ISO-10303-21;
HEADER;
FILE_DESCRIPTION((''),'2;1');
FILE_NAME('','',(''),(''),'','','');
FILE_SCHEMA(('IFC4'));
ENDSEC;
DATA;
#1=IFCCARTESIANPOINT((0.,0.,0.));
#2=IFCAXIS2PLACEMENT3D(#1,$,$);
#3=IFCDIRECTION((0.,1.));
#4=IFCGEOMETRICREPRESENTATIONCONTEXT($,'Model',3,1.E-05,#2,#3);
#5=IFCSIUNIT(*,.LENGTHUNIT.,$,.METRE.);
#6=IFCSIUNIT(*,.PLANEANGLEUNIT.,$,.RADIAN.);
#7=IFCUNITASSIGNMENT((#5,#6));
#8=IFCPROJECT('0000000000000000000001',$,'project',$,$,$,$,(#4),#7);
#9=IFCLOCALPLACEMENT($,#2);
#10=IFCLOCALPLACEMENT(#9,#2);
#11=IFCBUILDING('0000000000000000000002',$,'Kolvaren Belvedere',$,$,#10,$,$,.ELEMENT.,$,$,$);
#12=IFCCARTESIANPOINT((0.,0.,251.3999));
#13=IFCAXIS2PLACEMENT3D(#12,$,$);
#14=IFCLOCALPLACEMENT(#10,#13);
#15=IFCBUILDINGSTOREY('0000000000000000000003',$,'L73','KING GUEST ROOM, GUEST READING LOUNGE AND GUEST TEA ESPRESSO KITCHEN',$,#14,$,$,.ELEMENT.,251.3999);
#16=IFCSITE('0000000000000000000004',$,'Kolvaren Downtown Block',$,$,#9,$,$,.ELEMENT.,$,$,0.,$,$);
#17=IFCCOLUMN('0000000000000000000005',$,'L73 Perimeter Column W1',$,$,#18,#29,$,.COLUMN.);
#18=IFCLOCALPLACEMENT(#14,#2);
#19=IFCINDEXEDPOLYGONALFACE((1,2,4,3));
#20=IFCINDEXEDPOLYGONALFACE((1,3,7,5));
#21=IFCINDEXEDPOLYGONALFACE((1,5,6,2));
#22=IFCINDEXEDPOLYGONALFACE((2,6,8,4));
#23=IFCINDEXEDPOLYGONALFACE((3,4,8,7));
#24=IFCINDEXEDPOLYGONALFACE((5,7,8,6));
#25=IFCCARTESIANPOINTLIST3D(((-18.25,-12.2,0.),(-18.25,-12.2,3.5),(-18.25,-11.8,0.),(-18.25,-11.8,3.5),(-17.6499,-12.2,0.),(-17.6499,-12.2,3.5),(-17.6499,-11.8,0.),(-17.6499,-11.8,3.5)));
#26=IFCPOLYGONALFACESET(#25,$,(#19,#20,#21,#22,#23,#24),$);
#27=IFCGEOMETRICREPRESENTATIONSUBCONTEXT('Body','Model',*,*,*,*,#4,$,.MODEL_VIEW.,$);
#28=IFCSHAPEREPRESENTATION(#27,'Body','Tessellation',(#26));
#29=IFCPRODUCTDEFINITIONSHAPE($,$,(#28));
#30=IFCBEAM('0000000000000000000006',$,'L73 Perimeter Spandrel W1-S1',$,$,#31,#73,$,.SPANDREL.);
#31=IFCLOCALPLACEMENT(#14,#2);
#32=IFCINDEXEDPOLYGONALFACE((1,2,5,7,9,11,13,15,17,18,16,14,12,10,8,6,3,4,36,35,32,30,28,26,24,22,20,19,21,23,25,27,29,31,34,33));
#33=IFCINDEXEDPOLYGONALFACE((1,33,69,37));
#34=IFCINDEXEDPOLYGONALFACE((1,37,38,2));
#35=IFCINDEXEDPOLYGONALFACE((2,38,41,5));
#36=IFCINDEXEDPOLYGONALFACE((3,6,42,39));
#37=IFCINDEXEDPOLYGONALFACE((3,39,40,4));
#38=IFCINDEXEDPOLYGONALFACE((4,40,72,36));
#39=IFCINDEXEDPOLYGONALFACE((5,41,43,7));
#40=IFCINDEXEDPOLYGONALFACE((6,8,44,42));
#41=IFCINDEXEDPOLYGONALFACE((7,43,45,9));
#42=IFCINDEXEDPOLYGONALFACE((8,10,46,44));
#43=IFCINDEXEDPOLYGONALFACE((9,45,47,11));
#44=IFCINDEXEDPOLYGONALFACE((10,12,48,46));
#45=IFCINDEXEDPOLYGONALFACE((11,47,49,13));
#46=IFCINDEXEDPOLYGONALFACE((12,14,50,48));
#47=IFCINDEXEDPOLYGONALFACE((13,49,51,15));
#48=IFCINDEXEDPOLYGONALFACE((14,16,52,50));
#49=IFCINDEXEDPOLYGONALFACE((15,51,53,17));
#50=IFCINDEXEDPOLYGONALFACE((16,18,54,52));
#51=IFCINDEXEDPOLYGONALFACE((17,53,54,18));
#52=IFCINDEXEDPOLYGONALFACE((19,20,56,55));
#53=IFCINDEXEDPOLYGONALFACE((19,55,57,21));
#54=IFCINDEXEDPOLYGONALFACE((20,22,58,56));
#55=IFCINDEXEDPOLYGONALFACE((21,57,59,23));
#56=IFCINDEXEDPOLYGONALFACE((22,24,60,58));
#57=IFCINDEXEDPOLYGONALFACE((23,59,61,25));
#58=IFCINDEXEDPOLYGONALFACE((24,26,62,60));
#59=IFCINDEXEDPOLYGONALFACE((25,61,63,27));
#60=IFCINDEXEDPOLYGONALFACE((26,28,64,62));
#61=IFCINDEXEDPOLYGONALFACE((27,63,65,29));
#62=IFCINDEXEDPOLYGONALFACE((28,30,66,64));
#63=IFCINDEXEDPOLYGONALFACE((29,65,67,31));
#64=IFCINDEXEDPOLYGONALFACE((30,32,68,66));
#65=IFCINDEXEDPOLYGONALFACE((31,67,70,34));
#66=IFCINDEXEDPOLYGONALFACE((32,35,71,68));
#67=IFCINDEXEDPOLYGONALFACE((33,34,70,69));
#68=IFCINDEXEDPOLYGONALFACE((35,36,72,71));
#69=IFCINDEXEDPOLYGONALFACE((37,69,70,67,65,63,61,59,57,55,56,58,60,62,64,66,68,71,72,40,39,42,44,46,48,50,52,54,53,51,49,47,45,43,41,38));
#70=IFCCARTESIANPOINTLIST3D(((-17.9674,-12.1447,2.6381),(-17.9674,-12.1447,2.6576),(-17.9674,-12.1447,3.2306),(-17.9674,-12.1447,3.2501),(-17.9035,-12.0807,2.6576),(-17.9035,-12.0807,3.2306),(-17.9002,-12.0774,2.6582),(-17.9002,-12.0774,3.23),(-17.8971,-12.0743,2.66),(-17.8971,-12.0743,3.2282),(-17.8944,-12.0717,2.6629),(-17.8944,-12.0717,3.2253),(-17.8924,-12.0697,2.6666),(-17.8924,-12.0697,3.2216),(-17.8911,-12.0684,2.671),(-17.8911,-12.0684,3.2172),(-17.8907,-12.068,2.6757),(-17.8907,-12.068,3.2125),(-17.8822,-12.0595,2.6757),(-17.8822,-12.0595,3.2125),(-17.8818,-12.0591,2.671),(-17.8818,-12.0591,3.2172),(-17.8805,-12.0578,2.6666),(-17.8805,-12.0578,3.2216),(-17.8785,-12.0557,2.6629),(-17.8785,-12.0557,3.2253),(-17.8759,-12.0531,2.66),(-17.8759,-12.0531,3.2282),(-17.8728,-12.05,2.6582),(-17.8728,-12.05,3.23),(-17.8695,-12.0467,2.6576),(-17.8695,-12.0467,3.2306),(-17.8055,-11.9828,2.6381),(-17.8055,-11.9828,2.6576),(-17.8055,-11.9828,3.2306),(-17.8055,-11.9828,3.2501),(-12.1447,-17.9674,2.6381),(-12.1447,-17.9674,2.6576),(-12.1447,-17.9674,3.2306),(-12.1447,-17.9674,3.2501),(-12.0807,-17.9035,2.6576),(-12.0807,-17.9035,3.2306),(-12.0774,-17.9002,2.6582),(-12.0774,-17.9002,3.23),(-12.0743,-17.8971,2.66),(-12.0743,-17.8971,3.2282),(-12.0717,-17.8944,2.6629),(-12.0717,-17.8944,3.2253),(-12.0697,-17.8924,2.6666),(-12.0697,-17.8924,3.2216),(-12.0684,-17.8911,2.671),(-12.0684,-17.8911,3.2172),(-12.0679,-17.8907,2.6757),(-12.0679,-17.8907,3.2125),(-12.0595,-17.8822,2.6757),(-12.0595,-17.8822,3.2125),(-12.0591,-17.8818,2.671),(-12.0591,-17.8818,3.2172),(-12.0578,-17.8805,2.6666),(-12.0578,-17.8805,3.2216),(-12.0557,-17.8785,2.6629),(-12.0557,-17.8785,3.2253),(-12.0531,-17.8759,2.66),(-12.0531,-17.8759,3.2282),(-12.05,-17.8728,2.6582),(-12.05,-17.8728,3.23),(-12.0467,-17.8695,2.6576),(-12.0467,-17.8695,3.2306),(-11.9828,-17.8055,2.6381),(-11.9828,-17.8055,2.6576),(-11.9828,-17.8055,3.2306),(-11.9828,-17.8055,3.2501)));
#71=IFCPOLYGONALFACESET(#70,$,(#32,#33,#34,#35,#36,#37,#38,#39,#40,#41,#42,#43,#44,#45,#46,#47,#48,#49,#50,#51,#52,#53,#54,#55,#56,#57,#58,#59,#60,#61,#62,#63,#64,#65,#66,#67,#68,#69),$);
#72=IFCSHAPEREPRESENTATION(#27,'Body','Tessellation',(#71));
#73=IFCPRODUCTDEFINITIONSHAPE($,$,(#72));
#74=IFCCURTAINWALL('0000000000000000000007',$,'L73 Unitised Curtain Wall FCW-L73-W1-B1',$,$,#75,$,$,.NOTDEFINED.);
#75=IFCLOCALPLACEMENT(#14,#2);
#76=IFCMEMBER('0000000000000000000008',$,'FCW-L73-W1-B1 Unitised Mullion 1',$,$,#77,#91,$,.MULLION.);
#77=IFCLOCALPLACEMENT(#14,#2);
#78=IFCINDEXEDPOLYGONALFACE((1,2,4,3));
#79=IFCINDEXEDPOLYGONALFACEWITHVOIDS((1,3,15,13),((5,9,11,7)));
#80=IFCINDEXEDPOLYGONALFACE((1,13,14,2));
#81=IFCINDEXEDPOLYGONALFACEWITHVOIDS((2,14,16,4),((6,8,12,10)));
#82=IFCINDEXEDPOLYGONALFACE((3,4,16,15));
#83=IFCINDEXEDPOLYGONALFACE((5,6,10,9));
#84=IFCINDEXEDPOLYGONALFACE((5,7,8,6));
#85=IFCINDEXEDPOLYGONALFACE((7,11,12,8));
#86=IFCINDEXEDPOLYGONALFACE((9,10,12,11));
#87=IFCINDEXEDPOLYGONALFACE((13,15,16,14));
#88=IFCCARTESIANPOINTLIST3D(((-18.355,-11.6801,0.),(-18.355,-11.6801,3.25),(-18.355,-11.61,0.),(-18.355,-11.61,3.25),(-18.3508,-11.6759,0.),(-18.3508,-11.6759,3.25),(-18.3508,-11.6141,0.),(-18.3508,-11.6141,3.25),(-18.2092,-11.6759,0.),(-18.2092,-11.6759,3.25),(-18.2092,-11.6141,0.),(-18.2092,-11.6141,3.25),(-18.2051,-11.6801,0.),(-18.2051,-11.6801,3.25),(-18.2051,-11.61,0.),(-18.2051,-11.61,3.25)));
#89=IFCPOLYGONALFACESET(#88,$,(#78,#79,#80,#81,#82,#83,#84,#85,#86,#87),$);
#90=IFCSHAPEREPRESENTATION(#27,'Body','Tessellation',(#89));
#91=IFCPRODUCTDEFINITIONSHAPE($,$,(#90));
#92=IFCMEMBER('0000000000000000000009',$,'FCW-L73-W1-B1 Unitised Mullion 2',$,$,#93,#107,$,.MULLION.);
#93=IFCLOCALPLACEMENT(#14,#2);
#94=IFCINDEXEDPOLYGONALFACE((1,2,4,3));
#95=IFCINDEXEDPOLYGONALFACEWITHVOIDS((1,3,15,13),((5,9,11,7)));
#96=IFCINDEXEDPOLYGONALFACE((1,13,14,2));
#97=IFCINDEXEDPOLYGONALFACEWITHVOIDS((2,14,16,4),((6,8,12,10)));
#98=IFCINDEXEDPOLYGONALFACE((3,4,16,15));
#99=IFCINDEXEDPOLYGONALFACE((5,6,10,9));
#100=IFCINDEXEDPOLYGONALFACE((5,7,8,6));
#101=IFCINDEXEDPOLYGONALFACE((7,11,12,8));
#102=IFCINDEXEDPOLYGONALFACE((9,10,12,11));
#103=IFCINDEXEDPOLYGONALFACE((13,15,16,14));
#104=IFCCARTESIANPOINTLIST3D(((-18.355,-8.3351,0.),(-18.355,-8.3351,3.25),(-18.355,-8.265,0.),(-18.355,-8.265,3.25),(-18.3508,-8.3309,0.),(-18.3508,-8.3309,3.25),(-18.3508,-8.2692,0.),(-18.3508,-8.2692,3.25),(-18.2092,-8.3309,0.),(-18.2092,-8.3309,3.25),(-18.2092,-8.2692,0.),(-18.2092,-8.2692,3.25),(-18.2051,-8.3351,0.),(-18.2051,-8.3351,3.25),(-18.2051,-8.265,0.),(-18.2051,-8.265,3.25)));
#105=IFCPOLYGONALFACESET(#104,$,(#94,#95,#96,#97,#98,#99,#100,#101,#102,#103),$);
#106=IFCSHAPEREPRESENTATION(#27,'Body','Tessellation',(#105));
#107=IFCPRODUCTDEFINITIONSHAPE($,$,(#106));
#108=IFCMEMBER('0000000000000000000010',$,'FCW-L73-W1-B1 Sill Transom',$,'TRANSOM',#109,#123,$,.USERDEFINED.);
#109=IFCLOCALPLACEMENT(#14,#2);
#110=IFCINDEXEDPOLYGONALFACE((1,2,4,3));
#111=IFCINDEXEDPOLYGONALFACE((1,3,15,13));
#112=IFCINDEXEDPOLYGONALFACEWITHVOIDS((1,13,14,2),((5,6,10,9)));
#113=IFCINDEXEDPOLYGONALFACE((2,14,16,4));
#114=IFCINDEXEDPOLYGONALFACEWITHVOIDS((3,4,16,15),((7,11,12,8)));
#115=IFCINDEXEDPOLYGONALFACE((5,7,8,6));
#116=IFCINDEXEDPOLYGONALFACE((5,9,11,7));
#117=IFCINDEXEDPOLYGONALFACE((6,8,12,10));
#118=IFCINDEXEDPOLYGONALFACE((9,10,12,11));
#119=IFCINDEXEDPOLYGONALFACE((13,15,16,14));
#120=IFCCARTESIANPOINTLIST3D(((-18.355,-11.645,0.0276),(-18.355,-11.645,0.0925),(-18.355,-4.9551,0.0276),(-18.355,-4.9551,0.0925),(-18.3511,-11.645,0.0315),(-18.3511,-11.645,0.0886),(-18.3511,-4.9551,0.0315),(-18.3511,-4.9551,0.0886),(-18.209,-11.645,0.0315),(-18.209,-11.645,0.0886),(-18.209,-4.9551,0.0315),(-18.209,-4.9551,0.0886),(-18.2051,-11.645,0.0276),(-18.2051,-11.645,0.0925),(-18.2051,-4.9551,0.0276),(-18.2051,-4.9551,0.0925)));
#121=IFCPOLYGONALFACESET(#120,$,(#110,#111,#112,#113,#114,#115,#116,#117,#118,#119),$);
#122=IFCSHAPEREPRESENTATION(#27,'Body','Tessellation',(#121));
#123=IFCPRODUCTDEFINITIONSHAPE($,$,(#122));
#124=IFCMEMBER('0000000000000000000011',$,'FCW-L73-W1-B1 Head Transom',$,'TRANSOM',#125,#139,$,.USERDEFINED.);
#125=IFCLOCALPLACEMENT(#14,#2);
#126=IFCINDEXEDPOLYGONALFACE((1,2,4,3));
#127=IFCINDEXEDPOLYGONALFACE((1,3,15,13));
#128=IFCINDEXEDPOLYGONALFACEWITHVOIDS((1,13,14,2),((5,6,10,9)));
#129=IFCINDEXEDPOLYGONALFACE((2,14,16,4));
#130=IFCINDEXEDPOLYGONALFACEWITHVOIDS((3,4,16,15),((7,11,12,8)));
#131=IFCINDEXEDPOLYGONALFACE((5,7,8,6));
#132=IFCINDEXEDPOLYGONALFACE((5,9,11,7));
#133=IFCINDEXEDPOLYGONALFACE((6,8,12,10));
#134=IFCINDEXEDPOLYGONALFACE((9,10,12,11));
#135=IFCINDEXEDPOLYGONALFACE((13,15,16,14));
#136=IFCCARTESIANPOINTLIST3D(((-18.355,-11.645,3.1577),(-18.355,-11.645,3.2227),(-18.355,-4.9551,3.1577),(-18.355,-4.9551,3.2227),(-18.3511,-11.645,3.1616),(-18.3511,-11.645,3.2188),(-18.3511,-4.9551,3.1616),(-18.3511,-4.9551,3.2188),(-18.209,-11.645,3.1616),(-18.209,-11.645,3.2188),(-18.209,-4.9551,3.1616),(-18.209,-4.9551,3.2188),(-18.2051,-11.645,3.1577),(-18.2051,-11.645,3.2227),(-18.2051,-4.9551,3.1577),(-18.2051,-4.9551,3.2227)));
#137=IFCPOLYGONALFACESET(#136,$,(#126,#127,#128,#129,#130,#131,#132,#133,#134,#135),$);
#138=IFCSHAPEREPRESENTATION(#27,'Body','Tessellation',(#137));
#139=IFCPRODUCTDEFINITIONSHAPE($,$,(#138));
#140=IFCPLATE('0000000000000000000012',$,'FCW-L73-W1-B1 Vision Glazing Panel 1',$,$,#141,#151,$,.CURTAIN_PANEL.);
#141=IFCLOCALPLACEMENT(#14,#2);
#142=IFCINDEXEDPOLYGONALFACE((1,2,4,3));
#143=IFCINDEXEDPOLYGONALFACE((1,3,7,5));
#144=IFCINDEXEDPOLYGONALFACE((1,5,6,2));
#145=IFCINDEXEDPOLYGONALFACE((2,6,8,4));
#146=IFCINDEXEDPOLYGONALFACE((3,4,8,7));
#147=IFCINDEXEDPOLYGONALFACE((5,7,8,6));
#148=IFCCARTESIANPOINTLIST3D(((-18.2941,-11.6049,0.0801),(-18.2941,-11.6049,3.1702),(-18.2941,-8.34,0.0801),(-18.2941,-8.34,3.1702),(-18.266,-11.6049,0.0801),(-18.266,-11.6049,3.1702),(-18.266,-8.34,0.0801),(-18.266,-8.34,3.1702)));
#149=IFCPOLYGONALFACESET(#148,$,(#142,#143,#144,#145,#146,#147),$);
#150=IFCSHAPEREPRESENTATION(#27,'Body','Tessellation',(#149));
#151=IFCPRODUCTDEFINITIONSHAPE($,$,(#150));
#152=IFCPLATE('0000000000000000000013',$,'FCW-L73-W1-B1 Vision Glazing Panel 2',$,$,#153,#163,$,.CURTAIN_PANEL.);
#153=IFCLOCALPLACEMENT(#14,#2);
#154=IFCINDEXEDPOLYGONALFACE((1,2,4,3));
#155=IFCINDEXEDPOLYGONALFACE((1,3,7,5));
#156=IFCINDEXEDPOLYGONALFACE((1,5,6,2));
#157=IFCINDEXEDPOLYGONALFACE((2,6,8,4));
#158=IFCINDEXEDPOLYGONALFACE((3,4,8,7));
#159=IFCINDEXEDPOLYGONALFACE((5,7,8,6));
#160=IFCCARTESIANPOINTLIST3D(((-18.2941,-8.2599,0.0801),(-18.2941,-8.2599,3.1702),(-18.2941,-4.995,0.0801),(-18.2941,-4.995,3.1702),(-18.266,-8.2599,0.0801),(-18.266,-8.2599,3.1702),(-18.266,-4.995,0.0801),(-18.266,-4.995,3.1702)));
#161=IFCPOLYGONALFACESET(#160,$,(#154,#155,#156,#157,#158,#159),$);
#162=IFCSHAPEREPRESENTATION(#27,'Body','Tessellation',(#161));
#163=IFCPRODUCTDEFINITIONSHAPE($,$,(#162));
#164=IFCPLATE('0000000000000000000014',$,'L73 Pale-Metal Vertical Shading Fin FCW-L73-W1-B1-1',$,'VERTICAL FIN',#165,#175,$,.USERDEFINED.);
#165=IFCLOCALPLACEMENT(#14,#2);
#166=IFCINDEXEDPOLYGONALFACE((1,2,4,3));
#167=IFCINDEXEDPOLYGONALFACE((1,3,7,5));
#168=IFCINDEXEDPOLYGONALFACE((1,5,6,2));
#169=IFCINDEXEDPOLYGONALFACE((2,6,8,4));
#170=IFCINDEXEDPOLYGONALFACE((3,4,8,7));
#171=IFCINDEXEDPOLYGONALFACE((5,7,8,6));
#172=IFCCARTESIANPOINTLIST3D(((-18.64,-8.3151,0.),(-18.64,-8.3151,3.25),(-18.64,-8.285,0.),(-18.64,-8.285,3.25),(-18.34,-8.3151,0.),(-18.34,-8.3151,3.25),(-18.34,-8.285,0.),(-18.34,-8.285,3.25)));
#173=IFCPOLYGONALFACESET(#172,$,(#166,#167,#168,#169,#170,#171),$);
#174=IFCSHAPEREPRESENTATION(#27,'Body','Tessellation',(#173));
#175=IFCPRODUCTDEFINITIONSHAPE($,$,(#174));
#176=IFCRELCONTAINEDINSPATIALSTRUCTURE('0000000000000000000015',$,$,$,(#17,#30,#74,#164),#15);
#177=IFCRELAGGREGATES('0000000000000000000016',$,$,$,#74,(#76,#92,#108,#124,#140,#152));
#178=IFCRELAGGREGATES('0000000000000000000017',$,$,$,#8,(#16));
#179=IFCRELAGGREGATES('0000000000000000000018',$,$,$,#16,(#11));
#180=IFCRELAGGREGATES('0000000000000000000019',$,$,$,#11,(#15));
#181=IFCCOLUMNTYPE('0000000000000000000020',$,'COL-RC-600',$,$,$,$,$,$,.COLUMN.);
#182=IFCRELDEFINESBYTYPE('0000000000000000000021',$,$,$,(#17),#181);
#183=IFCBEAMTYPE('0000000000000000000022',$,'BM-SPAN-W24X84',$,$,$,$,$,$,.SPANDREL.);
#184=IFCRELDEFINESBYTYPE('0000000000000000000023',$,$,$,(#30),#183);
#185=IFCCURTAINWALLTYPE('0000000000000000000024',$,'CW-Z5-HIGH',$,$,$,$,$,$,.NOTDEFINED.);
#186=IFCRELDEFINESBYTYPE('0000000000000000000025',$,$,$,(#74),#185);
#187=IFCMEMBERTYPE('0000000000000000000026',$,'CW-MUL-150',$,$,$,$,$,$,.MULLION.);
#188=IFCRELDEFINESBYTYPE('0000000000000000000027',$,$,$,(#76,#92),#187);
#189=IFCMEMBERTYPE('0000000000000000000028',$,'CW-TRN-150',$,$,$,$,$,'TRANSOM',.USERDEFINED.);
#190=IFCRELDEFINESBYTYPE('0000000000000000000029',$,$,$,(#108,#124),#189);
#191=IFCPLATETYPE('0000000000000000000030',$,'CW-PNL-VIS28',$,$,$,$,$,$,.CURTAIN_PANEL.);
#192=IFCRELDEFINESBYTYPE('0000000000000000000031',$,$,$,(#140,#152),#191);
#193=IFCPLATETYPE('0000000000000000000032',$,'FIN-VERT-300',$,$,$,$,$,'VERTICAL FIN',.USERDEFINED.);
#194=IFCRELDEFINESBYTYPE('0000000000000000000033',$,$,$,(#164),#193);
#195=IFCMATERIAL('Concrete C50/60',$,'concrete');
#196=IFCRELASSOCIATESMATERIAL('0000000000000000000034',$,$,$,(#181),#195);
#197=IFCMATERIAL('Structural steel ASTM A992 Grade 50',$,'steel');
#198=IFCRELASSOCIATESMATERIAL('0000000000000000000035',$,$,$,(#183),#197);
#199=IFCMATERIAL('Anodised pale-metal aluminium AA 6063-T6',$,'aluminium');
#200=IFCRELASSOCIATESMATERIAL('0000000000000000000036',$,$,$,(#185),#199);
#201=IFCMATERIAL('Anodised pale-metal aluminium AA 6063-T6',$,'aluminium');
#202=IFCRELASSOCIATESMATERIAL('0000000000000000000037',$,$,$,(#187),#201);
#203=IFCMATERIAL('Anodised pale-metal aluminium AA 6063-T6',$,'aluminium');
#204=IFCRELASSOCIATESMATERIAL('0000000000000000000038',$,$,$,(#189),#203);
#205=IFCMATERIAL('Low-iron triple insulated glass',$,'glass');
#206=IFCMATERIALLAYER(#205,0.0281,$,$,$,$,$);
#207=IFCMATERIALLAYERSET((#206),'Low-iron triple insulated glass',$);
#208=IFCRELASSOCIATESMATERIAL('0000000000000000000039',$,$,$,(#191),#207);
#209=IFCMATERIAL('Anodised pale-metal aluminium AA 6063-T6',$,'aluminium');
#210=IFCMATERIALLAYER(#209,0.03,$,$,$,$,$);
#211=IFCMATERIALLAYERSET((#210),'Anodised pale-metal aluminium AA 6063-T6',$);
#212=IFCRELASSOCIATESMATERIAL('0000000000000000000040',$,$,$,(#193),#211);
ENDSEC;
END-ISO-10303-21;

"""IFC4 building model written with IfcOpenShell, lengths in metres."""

from ifc_helpers import new_model, si_unit, direction, frame, origin, origin_2d, place, context, subcontext, project, spatial, rectangle, hollow_rectangle, i_section, extrude, material, layer, layer_set, material_profile, profile_set, type_object, element, aggregate, save


model = new_model("IFC4")

# Units and contexts
model_context = context("Model", 3, precision=1e-05, world=origin(), true_north=direction((0.0, 1.0)))
body_context = subcontext(model_context, "Body", "Model", "MODEL_VIEW")
ifc_project = project(units=[si_unit("LENGTHUNIT", "METRE"), si_unit("PLANEANGLEUNIT", "RADIAN")], contexts=[model_context])

# Site, building, storey
site_placement = place(None, origin())
site = spatial("IfcSite", under=ifc_project, at=site_placement, Name="Kolvaren Downtown Block", CompositionType="ELEMENT", RefElevation=0.0)
building_placement = place(site_placement, origin())
building = spatial("IfcBuilding", under=site, at=building_placement, Name="Kolvaren Belvedere", CompositionType="ELEMENT")
storey_placement = place(building_placement, frame((0.0, 0.0, 251.3999)))
storey = spatial("IfcBuildingStorey", under=building, at=storey_placement, Name="L73", Description="KING GUEST ROOM, GUEST READING LOUNGE AND GUEST TEA ESPRESSO KITCHEN", CompositionType="ELEMENT", Elevation=251.3999)

# Column
ifc_material_1 = material(Name="Concrete C50/60", Category="concrete")
ifc_material_profile_1 = material_profile(ifc_material_1, rectangle(XDim=0.6001, YDim=0.3999, at=origin_2d()), Name="RC 600X400")
ifc_profile_set_1 = profile_set([ifc_material_profile_1], Name="Concrete C50/60")
column_type = type_object("IfcColumnType", Name="COL-RC-600", PredefinedType="COLUMN", material=ifc_profile_set_1)
column_placement = place(storey_placement, frame((-17.95, -12.0, 0.0), z_axis=(0.0, 0.0, 1.0), x_axis=(1.0, 0.0, 0.0)))
element("IfcColumn", 1, at=column_placement, inside=storey, type_object=column_type, Name="L73 Perimeter Column W1", PredefinedType="COLUMN", context=body_context, shape_type="SweptSolid", body=[
    extrude(rectangle(XDim=0.6001, YDim=0.3999, at=origin_2d()), origin(), (0.0, 0.0, 1.0), 3.5),
])

# Beam
ifc_material_2 = material(Name="Structural steel ASTM A992 Grade 50", Category="steel")
ifc_material_profile_2 = material_profile(ifc_material_2, i_section(OverallWidth=0.229, OverallDepth=0.6121, WebThickness=0.012, FlangeThickness=0.0195, FilletRadius=0.0181, at=origin_2d()), Name="W24X84")
ifc_profile_set_2 = profile_set([ifc_material_profile_2], Name="Structural steel ASTM A992 Grade 50")
beam_type = type_object("IfcBeamType", Name="BM-SPAN-W24X84", PredefinedType="SPANDREL", material=ifc_profile_set_2)
beam_placement = place(storey_placement, frame((-17.8865, -12.0637, 2.9441), z_axis=(0.707107, -0.707107, 0.0), x_axis=(0.707107, 0.707107, 0.0)))
element("IfcBeam", 2, at=beam_placement, inside=storey, type_object=beam_type, Name="L73 Perimeter Spandrel W1-S1", PredefinedType="SPANDREL", context=body_context, shape_type="SweptSolid", body=[
    extrude(i_section(OverallWidth=0.229, OverallDepth=0.6121, WebThickness=0.012, FlangeThickness=0.0195, FilletRadius=0.0181, at=origin_2d()), origin(), (0.0, 0.0, 1.0), 8.2346),
])

# Curtain wall, members, plates
ifc_material_3 = material(Name="Anodised pale-metal aluminium AA 6063-T6", Category="aluminium")
curtain_wall_type = type_object("IfcCurtainWallType", Name="CW-Z5-HIGH", PredefinedType="NOTDEFINED", material=ifc_material_3)
curtain_wall_placement = place(storey_placement, origin())
curtain_wall = element("IfcCurtainWall", 3, at=curtain_wall_placement, inside=storey, type_object=curtain_wall_type, Name="L73 Unitised Curtain Wall FCW-L73-W1-B1", PredefinedType="NOTDEFINED")
ifc_material_4 = material(Name="Anodised pale-metal aluminium AA 6063-T6", Category="aluminium")
ifc_material_profile_3 = material_profile(ifc_material_4, hollow_rectangle(XDim=0.0701, YDim=0.1499, WallThickness=0.0042, at=origin_2d()), Name="ALU-MUL-150X70")
ifc_profile_set_3 = profile_set([ifc_material_profile_3], Name="Anodised pale-metal aluminium AA 6063-T6")
member_type_1 = type_object("IfcMemberType", Name="CW-MUL-150", PredefinedType="MULLION", material=ifc_profile_set_3)
member_1_placement = place(storey_placement, frame((-18.28, -11.645, 0.0), z_axis=(0.0, 0.0, 1.0), x_axis=(0.0, 1.0, 0.0)))
member_1 = element("IfcMember", 4, at=member_1_placement, type_object=member_type_1, Name="FCW-L73-W1-B1 Unitised Mullion 1", PredefinedType="MULLION", context=body_context, shape_type="SweptSolid", body=[
    extrude(hollow_rectangle(XDim=0.0701, YDim=0.1499, WallThickness=0.0042, at=origin_2d()), origin(), (0.0, 0.0, 1.0), 3.25),
])
member_2_placement = place(storey_placement, frame((-18.28, -8.3, 0.0), z_axis=(0.0, 0.0, 1.0), x_axis=(0.0, 1.0, 0.0)))
member_2 = element("IfcMember", 5, at=member_2_placement, type_object=member_type_1, Name="FCW-L73-W1-B1 Unitised Mullion 2", PredefinedType="MULLION", context=body_context, shape_type="SweptSolid", body=[
    extrude(hollow_rectangle(XDim=0.0701, YDim=0.1499, WallThickness=0.0042, at=origin_2d()), origin(), (0.0, 0.0, 1.0), 3.25),
])
ifc_material_5 = material(Name="Anodised pale-metal aluminium AA 6063-T6", Category="aluminium")
ifc_material_profile_4 = material_profile(ifc_material_5, hollow_rectangle(XDim=0.0649, YDim=0.1499, WallThickness=0.0039, at=origin_2d()), Name="ALU-TRN-150X65")
ifc_profile_set_4 = profile_set([ifc_material_profile_4], Name="Anodised pale-metal aluminium AA 6063-T6")
member_type_2 = type_object("IfcMemberType", Name="CW-TRN-150", ElementType="TRANSOM", PredefinedType="USERDEFINED", material=ifc_profile_set_4)
member_3_placement = place(storey_placement, frame((-18.28, -11.645, 0.0601), z_axis=(0.0, 1.0, 0.0), x_axis=(0.0, 0.0, 1.0)))
member_3 = element("IfcMember", 6, at=member_3_placement, type_object=member_type_2, Name="FCW-L73-W1-B1 Sill Transom", ObjectType="TRANSOM", PredefinedType="USERDEFINED", context=body_context, shape_type="SweptSolid", body=[
    extrude(hollow_rectangle(XDim=0.0649, YDim=0.1499, WallThickness=0.0039, at=origin_2d()), origin(), (0.0, 0.0, 1.0), 6.6899),
])
member_4_placement = place(storey_placement, frame((-18.28, -11.645, 3.1902), z_axis=(0.0, 1.0, 0.0), x_axis=(0.0, 0.0, 1.0)))
member_4 = element("IfcMember", 7, at=member_4_placement, type_object=member_type_2, Name="FCW-L73-W1-B1 Head Transom", ObjectType="TRANSOM", PredefinedType="USERDEFINED", context=body_context, shape_type="SweptSolid", body=[
    extrude(hollow_rectangle(XDim=0.0649, YDim=0.1499, WallThickness=0.0039, at=origin_2d()), origin(), (0.0, 0.0, 1.0), 6.6899),
])
ifc_material_6 = material(Name="Low-iron triple insulated glass", Category="glass")
ifc_layer_1 = layer(ifc_material_6, 0.0281)
ifc_layer_set_1 = layer_set([ifc_layer_1], Name="Low-iron triple insulated glass")
plate_type_1 = type_object("IfcPlateType", Name="CW-PNL-VIS28", PredefinedType="CURTAIN_PANEL", material=ifc_layer_set_1)
plate_1_placement = place(storey_placement, frame((-18.28, -9.9724, 0.0801), z_axis=(0.0, 0.0, 1.0), x_axis=(0.0, 1.0, 0.0)))
plate_1 = element("IfcPlate", 8, at=plate_1_placement, type_object=plate_type_1, Name="FCW-L73-W1-B1 Vision Glazing Panel 1", PredefinedType="CURTAIN_PANEL", context=body_context, shape_type="SweptSolid", body=[
    extrude(rectangle(XDim=3.2649, YDim=0.0281, at=origin_2d()), origin(), (0.0, 0.0, 1.0), 3.0901),
])
plate_2_placement = place(storey_placement, frame((-18.28, -6.6274, 0.0801), z_axis=(0.0, 0.0, 1.0), x_axis=(0.0, 1.0, 0.0)))
plate_2 = element("IfcPlate", 9, at=plate_2_placement, type_object=plate_type_1, Name="FCW-L73-W1-B1 Vision Glazing Panel 2", PredefinedType="CURTAIN_PANEL", context=body_context, shape_type="SweptSolid", body=[
    extrude(rectangle(XDim=3.2649, YDim=0.0281, at=origin_2d()), origin(), (0.0, 0.0, 1.0), 3.0901),
])
aggregate(curtain_wall, [member_1, member_2, member_3, member_4, plate_1, plate_2])

# Plate
ifc_material_7 = material(Name="Anodised pale-metal aluminium AA 6063-T6", Category="aluminium")
ifc_layer_2 = layer(ifc_material_7, 0.03)
ifc_layer_set_2 = layer_set([ifc_layer_2], Name="Anodised pale-metal aluminium AA 6063-T6")
plate_type_2 = type_object("IfcPlateType", Name="FIN-VERT-300", ElementType="VERTICAL FIN", PredefinedType="USERDEFINED", material=ifc_layer_set_2)
plate_3_placement = place(storey_placement, frame((-18.49, -8.3, 0.0), z_axis=(0.0, 0.0, 1.0), x_axis=(1.0, 0.0, 0.0)))
element("IfcPlate", 10, at=plate_3_placement, inside=storey, type_object=plate_type_2, Name="L73 Pale-Metal Vertical Shading Fin FCW-L73-W1-B1-1", ObjectType="VERTICAL FIN", PredefinedType="USERDEFINED", context=body_context, shape_type="SweptSolid", body=[
    extrude(rectangle(XDim=0.3, YDim=0.03, at=origin_2d()), origin(), (0.0, 0.0, 1.0), 3.25),
])

save(model, "model.ifc")
